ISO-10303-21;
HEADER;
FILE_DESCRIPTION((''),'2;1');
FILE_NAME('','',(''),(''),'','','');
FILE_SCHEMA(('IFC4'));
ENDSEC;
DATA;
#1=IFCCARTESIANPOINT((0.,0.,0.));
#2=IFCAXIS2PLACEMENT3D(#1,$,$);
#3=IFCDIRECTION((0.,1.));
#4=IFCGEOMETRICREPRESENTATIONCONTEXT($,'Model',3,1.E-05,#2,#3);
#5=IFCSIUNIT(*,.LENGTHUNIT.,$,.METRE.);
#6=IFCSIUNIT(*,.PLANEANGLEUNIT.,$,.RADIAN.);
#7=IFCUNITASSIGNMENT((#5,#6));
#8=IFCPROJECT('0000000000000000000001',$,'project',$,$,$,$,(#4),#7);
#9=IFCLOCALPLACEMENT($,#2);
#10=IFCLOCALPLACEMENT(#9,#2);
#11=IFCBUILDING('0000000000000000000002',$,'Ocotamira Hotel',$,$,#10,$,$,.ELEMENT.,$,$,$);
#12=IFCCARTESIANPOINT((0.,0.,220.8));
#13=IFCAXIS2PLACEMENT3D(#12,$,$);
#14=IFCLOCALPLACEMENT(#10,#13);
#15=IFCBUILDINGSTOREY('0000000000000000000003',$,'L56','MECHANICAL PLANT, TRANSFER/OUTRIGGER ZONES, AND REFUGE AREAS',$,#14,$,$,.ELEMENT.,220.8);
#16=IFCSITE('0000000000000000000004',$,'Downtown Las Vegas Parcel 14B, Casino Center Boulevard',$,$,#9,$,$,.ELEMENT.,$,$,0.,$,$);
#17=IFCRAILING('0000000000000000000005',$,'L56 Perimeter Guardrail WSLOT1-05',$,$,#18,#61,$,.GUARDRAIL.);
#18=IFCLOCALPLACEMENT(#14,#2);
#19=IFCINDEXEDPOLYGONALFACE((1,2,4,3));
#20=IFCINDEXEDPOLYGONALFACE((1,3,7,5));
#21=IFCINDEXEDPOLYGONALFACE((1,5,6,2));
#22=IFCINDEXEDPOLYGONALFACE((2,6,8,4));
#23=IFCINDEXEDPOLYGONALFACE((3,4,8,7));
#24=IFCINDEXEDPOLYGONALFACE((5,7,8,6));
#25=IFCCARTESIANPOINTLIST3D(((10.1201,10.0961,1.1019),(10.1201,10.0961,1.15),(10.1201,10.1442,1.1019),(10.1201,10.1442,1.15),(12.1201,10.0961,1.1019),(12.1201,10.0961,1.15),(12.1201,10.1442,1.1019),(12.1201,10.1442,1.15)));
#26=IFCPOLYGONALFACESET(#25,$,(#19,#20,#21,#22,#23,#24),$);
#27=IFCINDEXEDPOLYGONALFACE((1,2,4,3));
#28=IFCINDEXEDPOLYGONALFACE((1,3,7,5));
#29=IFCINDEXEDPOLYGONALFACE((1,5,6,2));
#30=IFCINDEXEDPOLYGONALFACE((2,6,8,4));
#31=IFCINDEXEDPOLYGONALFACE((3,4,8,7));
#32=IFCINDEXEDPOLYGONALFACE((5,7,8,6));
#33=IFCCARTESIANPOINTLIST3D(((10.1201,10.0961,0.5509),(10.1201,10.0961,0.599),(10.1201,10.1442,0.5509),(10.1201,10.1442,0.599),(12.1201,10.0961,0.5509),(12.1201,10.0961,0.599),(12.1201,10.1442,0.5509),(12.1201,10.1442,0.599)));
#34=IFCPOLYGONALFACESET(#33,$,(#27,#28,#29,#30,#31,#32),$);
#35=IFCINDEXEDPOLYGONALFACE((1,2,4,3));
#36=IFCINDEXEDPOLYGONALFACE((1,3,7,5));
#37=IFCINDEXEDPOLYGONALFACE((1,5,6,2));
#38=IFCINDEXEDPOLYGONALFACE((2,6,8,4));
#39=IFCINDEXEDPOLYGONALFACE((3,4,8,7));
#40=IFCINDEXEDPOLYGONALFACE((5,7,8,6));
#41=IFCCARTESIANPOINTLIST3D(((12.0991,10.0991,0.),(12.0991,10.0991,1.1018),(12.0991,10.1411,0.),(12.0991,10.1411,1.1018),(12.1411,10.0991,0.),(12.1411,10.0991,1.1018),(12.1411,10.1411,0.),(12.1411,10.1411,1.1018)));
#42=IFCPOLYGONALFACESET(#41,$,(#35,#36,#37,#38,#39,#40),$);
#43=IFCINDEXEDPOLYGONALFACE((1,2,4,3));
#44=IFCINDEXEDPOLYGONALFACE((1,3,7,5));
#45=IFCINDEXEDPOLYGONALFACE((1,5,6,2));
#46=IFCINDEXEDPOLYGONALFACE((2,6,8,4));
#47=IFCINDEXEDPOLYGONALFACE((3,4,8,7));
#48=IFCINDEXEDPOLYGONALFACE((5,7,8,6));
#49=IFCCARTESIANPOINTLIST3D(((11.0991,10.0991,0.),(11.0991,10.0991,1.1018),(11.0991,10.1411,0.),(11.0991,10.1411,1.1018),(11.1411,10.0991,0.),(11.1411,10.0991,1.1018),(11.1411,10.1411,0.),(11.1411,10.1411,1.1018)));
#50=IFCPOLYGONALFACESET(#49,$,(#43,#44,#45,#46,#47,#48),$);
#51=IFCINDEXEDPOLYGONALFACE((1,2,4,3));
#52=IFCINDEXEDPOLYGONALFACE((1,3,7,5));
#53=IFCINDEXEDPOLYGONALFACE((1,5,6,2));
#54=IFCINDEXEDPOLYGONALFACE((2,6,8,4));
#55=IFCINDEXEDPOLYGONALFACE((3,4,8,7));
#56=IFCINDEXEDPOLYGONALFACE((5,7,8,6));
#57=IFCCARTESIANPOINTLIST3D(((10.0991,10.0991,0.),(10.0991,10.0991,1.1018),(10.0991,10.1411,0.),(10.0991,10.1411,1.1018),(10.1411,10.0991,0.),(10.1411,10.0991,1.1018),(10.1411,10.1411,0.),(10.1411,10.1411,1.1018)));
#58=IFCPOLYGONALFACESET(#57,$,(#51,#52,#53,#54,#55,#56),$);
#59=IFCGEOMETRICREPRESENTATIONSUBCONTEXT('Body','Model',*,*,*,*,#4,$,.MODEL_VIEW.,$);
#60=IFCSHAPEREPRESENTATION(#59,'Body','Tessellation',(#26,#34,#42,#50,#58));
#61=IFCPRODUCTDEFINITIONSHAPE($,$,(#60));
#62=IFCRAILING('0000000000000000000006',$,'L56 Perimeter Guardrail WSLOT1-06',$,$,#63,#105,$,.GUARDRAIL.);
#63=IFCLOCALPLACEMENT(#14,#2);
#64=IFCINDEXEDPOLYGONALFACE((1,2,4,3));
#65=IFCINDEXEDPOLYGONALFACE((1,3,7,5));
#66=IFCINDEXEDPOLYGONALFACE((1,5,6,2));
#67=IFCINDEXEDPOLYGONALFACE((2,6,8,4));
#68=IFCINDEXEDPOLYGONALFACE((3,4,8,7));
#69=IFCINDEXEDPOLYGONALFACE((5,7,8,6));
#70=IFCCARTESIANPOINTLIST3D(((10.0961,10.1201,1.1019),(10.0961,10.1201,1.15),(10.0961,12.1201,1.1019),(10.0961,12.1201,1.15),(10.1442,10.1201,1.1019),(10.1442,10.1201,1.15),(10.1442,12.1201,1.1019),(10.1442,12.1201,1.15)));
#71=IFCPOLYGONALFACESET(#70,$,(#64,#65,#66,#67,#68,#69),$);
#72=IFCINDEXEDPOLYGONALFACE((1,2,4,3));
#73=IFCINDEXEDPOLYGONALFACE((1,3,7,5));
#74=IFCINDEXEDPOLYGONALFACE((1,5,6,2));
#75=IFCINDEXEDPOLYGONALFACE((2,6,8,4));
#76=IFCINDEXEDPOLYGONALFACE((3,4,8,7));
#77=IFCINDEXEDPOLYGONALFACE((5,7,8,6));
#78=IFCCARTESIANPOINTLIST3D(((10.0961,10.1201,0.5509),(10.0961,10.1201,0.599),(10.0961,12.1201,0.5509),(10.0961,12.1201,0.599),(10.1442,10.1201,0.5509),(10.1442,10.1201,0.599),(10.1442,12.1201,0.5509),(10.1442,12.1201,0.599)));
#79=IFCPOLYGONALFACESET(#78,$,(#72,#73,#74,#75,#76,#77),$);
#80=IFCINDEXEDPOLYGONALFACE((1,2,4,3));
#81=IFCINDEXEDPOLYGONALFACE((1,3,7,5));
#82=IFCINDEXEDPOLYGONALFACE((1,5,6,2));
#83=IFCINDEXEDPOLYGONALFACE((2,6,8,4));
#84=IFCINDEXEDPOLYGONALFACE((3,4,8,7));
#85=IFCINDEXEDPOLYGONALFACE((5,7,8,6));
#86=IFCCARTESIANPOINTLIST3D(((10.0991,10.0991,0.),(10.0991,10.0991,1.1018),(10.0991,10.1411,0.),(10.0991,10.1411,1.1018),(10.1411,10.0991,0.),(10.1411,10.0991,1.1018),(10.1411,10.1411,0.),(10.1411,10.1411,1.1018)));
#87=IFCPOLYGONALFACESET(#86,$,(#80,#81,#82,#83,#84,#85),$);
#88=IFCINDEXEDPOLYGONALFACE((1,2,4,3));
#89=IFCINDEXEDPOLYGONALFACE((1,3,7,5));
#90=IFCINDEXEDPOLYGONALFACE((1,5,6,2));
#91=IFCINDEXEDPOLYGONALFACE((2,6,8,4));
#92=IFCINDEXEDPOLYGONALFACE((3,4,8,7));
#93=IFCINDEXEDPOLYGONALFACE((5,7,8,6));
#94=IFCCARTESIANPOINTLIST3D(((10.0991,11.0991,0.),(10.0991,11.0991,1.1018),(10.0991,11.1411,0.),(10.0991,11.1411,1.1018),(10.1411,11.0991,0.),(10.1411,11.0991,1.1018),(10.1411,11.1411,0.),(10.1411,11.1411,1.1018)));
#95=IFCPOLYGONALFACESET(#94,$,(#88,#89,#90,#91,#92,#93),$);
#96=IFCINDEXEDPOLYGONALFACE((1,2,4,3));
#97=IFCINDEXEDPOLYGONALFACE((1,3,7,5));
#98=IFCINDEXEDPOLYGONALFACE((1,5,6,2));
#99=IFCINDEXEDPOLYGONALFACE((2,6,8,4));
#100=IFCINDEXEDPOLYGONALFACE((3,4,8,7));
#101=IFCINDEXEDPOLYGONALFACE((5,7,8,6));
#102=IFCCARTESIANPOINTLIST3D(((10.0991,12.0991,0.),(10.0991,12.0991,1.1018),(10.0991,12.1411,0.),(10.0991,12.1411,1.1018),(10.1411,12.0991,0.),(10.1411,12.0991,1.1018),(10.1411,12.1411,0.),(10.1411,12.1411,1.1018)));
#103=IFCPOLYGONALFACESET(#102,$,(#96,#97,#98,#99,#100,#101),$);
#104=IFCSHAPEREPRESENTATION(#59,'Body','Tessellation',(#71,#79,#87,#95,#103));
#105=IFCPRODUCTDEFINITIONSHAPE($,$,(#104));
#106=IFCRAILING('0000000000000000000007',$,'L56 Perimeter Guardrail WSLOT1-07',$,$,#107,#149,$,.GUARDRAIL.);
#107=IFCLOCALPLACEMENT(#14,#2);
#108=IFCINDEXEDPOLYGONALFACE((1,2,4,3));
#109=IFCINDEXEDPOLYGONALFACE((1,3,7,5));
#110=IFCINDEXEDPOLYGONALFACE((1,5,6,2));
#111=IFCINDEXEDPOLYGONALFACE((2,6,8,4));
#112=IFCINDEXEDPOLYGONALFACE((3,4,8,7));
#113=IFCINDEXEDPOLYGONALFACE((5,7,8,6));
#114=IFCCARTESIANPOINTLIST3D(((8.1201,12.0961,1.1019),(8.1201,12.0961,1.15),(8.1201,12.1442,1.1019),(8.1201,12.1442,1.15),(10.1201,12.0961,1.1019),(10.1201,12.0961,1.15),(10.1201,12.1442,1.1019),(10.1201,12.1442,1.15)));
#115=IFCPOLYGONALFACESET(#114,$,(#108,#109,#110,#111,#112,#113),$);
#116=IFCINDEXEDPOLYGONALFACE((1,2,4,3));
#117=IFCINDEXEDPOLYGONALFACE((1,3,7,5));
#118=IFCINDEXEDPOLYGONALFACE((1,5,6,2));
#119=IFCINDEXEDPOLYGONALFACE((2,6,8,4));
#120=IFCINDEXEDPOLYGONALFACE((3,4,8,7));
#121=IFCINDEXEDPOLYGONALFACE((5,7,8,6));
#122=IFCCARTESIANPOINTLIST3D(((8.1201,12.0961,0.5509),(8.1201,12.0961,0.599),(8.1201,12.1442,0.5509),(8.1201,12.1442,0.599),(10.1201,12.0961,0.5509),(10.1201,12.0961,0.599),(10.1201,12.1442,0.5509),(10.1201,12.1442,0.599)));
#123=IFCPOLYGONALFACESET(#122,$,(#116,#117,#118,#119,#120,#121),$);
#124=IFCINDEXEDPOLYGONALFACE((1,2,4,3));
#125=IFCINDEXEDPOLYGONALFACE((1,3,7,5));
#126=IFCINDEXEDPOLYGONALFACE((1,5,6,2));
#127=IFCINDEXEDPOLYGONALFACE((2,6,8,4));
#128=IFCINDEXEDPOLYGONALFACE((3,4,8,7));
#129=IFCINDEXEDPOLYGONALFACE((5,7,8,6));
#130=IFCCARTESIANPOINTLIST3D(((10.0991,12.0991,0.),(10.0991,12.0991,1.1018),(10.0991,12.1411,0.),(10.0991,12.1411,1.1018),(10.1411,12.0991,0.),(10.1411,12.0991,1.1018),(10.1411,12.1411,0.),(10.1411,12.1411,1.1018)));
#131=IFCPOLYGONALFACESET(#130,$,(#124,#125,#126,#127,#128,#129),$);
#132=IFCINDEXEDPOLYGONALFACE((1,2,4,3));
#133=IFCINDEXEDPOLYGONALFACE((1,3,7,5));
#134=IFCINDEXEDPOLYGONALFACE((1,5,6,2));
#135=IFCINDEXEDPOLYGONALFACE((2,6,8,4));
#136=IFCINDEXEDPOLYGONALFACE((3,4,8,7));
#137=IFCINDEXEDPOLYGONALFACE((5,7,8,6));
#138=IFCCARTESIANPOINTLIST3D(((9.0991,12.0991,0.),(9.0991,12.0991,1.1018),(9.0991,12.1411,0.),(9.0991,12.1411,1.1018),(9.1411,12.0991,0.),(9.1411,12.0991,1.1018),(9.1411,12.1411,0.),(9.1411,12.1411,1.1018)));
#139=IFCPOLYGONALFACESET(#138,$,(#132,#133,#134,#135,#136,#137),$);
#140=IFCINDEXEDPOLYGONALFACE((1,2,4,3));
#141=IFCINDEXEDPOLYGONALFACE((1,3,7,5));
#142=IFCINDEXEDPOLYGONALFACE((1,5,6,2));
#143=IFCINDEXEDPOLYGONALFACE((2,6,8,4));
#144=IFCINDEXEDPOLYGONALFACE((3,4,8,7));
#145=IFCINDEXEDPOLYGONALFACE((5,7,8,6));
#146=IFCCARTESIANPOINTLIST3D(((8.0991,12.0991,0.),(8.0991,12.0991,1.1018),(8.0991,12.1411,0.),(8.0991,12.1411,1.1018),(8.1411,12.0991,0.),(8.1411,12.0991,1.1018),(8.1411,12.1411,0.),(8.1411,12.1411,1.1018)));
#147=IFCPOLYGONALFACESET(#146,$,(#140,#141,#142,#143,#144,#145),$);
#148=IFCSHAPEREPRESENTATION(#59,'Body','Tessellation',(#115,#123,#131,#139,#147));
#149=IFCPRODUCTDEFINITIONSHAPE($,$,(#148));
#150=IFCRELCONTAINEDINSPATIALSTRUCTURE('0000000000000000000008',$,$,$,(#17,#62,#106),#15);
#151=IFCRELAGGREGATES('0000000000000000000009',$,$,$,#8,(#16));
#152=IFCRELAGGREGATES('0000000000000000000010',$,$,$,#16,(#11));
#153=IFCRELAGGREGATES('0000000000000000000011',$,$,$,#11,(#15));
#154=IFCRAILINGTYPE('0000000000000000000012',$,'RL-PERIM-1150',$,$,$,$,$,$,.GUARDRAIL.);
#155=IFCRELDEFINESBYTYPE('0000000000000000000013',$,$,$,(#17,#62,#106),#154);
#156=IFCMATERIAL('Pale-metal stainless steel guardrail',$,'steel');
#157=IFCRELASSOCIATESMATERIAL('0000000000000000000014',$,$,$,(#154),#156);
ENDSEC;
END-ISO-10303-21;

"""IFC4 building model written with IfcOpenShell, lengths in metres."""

from ifc_helpers import new_model, si_unit, direction, frame, origin, origin_2d, place, context, subcontext, project, spatial, rectangle, extrude, material, type_object, element, save


model = new_model("IFC4")

# Units and contexts
model_context = context("Model", 3, precision=1e-05, world=origin(), true_north=direction((0.0, 1.0)))
body_context = subcontext(model_context, "Body", "Model", "MODEL_VIEW")
ifc_project = project(units=[si_unit("LENGTHUNIT", "METRE"), si_unit("PLANEANGLEUNIT", "RADIAN")], contexts=[model_context])

# Site, building, storey
site_placement = place(None, origin())
site = spatial("IfcSite", under=ifc_project, at=site_placement, Name="Downtown Las Vegas Parcel 14B, Casino Center Boulevard", CompositionType="ELEMENT", RefElevation=0.0)
building_placement = place(site_placement, origin())
building = spatial("IfcBuilding", under=site, at=building_placement, Name="Ocotamira Hotel", CompositionType="ELEMENT")
storey_placement = place(building_placement, frame((0.0, 0.0, 220.8)))
storey = spatial("IfcBuildingStorey", under=building, at=storey_placement, Name="L56", Description="MECHANICAL PLANT, TRANSFER/OUTRIGGER ZONES, AND REFUGE AREAS", CompositionType="ELEMENT", Elevation=220.8)

# Railings
ifc_material_1 = material(Name="Pale-metal stainless steel guardrail", Category="steel")
railing_type = type_object("IfcRailingType", Name="RL-PERIM-1150", PredefinedType="GUARDRAIL", material=ifc_material_1)
railing_1_placement = place(storey_placement, frame((12.1201, 10.1201, 0.0)))
element("IfcRailing", 1, at=railing_1_placement, inside=storey, type_object=railing_type, Name="L56 Perimeter Guardrail WSLOT1-05", PredefinedType="GUARDRAIL", context=body_context, shape_type="SweptSolid", body=[
    extrude(rectangle(XDim=0.0481, YDim=0.0481, at=origin_2d()), frame((0.0, 0.0, 1.126), z_axis=(-1.0, 0.0, 0.0), x_axis=(0.0, -1.0, 0.0)), (0.0, 0.0, 1.0), 2.0),
    extrude(rectangle(XDim=0.0481, YDim=0.0481, at=origin_2d()), frame((0.0, 0.0, 0.575), z_axis=(-1.0, 0.0, 0.0), x_axis=(0.0, -1.0, 0.0)), (0.0, 0.0, 1.0), 2.0),
    extrude(rectangle(XDim=0.042, YDim=0.042, at=origin_2d()), origin(), (0.0, 0.0, 1.0), 1.1018),
    extrude(rectangle(XDim=0.042, YDim=0.042, at=origin_2d()), frame((-1.0, 0.0, 0.0)), (0.0, 0.0, 1.0), 1.1018),
    extrude(rectangle(XDim=0.042, YDim=0.042, at=origin_2d()), frame((-2.0, 0.0, 0.0)), (0.0, 0.0, 1.0), 1.1018),
])
railing_2_placement = place(storey_placement, frame((10.1201, 10.1201, 0.0)))
element("IfcRailing", 2, at=railing_2_placement, inside=storey, type_object=railing_type, Name="L56 Perimeter Guardrail WSLOT1-06", PredefinedType="GUARDRAIL", context=body_context, shape_type="SweptSolid", body=[
    extrude(rectangle(XDim=0.0481, YDim=0.0481, at=origin_2d()), frame((0.0, 0.0, 1.126), z_axis=(0.0, 1.0, 0.0), x_axis=(-1.0, 0.0, 0.0)), (0.0, 0.0, 1.0), 2.0),
    extrude(rectangle(XDim=0.0481, YDim=0.0481, at=origin_2d()), frame((0.0, 0.0, 0.575), z_axis=(0.0, 1.0, 0.0), x_axis=(-1.0, 0.0, 0.0)), (0.0, 0.0, 1.0), 2.0),
    extrude(rectangle(XDim=0.042, YDim=0.042, at=origin_2d()), origin(), (0.0, 0.0, 1.0), 1.1018),
    extrude(rectangle(XDim=0.042, YDim=0.042, at=origin_2d()), frame((0.0, 1.0, 0.0)), (0.0, 0.0, 1.0), 1.1018),
    extrude(rectangle(XDim=0.042, YDim=0.042, at=origin_2d()), frame((0.0, 2.0, 0.0)), (0.0, 0.0, 1.0), 1.1018),
])
railing_3_placement = place(storey_placement, frame((10.1201, 12.1201, 0.0)))
element("IfcRailing", 3, at=railing_3_placement, inside=storey, type_object=railing_type, Name="L56 Perimeter Guardrail WSLOT1-07", PredefinedType="GUARDRAIL", context=body_context, shape_type="SweptSolid", body=[
    extrude(rectangle(XDim=0.0481, YDim=0.0481, at=origin_2d()), frame((0.0, 0.0, 1.126), z_axis=(-1.0, 0.0, 0.0), x_axis=(0.0, -1.0, 0.0)), (0.0, 0.0, 1.0), 2.0),
    extrude(rectangle(XDim=0.0481, YDim=0.0481, at=origin_2d()), frame((0.0, 0.0, 0.575), z_axis=(-1.0, 0.0, 0.0), x_axis=(0.0, -1.0, 0.0)), (0.0, 0.0, 1.0), 2.0),
    extrude(rectangle(XDim=0.042, YDim=0.042, at=origin_2d()), origin(), (0.0, 0.0, 1.0), 1.1018),
    extrude(rectangle(XDim=0.042, YDim=0.042, at=origin_2d()), frame((-1.0, 0.0, 0.0)), (0.0, 0.0, 1.0), 1.1018),
    extrude(rectangle(XDim=0.042, YDim=0.042, at=origin_2d()), frame((-2.0, 0.0, 0.0)), (0.0, 0.0, 1.0), 1.1018),
])

save(model, "model.ifc")
